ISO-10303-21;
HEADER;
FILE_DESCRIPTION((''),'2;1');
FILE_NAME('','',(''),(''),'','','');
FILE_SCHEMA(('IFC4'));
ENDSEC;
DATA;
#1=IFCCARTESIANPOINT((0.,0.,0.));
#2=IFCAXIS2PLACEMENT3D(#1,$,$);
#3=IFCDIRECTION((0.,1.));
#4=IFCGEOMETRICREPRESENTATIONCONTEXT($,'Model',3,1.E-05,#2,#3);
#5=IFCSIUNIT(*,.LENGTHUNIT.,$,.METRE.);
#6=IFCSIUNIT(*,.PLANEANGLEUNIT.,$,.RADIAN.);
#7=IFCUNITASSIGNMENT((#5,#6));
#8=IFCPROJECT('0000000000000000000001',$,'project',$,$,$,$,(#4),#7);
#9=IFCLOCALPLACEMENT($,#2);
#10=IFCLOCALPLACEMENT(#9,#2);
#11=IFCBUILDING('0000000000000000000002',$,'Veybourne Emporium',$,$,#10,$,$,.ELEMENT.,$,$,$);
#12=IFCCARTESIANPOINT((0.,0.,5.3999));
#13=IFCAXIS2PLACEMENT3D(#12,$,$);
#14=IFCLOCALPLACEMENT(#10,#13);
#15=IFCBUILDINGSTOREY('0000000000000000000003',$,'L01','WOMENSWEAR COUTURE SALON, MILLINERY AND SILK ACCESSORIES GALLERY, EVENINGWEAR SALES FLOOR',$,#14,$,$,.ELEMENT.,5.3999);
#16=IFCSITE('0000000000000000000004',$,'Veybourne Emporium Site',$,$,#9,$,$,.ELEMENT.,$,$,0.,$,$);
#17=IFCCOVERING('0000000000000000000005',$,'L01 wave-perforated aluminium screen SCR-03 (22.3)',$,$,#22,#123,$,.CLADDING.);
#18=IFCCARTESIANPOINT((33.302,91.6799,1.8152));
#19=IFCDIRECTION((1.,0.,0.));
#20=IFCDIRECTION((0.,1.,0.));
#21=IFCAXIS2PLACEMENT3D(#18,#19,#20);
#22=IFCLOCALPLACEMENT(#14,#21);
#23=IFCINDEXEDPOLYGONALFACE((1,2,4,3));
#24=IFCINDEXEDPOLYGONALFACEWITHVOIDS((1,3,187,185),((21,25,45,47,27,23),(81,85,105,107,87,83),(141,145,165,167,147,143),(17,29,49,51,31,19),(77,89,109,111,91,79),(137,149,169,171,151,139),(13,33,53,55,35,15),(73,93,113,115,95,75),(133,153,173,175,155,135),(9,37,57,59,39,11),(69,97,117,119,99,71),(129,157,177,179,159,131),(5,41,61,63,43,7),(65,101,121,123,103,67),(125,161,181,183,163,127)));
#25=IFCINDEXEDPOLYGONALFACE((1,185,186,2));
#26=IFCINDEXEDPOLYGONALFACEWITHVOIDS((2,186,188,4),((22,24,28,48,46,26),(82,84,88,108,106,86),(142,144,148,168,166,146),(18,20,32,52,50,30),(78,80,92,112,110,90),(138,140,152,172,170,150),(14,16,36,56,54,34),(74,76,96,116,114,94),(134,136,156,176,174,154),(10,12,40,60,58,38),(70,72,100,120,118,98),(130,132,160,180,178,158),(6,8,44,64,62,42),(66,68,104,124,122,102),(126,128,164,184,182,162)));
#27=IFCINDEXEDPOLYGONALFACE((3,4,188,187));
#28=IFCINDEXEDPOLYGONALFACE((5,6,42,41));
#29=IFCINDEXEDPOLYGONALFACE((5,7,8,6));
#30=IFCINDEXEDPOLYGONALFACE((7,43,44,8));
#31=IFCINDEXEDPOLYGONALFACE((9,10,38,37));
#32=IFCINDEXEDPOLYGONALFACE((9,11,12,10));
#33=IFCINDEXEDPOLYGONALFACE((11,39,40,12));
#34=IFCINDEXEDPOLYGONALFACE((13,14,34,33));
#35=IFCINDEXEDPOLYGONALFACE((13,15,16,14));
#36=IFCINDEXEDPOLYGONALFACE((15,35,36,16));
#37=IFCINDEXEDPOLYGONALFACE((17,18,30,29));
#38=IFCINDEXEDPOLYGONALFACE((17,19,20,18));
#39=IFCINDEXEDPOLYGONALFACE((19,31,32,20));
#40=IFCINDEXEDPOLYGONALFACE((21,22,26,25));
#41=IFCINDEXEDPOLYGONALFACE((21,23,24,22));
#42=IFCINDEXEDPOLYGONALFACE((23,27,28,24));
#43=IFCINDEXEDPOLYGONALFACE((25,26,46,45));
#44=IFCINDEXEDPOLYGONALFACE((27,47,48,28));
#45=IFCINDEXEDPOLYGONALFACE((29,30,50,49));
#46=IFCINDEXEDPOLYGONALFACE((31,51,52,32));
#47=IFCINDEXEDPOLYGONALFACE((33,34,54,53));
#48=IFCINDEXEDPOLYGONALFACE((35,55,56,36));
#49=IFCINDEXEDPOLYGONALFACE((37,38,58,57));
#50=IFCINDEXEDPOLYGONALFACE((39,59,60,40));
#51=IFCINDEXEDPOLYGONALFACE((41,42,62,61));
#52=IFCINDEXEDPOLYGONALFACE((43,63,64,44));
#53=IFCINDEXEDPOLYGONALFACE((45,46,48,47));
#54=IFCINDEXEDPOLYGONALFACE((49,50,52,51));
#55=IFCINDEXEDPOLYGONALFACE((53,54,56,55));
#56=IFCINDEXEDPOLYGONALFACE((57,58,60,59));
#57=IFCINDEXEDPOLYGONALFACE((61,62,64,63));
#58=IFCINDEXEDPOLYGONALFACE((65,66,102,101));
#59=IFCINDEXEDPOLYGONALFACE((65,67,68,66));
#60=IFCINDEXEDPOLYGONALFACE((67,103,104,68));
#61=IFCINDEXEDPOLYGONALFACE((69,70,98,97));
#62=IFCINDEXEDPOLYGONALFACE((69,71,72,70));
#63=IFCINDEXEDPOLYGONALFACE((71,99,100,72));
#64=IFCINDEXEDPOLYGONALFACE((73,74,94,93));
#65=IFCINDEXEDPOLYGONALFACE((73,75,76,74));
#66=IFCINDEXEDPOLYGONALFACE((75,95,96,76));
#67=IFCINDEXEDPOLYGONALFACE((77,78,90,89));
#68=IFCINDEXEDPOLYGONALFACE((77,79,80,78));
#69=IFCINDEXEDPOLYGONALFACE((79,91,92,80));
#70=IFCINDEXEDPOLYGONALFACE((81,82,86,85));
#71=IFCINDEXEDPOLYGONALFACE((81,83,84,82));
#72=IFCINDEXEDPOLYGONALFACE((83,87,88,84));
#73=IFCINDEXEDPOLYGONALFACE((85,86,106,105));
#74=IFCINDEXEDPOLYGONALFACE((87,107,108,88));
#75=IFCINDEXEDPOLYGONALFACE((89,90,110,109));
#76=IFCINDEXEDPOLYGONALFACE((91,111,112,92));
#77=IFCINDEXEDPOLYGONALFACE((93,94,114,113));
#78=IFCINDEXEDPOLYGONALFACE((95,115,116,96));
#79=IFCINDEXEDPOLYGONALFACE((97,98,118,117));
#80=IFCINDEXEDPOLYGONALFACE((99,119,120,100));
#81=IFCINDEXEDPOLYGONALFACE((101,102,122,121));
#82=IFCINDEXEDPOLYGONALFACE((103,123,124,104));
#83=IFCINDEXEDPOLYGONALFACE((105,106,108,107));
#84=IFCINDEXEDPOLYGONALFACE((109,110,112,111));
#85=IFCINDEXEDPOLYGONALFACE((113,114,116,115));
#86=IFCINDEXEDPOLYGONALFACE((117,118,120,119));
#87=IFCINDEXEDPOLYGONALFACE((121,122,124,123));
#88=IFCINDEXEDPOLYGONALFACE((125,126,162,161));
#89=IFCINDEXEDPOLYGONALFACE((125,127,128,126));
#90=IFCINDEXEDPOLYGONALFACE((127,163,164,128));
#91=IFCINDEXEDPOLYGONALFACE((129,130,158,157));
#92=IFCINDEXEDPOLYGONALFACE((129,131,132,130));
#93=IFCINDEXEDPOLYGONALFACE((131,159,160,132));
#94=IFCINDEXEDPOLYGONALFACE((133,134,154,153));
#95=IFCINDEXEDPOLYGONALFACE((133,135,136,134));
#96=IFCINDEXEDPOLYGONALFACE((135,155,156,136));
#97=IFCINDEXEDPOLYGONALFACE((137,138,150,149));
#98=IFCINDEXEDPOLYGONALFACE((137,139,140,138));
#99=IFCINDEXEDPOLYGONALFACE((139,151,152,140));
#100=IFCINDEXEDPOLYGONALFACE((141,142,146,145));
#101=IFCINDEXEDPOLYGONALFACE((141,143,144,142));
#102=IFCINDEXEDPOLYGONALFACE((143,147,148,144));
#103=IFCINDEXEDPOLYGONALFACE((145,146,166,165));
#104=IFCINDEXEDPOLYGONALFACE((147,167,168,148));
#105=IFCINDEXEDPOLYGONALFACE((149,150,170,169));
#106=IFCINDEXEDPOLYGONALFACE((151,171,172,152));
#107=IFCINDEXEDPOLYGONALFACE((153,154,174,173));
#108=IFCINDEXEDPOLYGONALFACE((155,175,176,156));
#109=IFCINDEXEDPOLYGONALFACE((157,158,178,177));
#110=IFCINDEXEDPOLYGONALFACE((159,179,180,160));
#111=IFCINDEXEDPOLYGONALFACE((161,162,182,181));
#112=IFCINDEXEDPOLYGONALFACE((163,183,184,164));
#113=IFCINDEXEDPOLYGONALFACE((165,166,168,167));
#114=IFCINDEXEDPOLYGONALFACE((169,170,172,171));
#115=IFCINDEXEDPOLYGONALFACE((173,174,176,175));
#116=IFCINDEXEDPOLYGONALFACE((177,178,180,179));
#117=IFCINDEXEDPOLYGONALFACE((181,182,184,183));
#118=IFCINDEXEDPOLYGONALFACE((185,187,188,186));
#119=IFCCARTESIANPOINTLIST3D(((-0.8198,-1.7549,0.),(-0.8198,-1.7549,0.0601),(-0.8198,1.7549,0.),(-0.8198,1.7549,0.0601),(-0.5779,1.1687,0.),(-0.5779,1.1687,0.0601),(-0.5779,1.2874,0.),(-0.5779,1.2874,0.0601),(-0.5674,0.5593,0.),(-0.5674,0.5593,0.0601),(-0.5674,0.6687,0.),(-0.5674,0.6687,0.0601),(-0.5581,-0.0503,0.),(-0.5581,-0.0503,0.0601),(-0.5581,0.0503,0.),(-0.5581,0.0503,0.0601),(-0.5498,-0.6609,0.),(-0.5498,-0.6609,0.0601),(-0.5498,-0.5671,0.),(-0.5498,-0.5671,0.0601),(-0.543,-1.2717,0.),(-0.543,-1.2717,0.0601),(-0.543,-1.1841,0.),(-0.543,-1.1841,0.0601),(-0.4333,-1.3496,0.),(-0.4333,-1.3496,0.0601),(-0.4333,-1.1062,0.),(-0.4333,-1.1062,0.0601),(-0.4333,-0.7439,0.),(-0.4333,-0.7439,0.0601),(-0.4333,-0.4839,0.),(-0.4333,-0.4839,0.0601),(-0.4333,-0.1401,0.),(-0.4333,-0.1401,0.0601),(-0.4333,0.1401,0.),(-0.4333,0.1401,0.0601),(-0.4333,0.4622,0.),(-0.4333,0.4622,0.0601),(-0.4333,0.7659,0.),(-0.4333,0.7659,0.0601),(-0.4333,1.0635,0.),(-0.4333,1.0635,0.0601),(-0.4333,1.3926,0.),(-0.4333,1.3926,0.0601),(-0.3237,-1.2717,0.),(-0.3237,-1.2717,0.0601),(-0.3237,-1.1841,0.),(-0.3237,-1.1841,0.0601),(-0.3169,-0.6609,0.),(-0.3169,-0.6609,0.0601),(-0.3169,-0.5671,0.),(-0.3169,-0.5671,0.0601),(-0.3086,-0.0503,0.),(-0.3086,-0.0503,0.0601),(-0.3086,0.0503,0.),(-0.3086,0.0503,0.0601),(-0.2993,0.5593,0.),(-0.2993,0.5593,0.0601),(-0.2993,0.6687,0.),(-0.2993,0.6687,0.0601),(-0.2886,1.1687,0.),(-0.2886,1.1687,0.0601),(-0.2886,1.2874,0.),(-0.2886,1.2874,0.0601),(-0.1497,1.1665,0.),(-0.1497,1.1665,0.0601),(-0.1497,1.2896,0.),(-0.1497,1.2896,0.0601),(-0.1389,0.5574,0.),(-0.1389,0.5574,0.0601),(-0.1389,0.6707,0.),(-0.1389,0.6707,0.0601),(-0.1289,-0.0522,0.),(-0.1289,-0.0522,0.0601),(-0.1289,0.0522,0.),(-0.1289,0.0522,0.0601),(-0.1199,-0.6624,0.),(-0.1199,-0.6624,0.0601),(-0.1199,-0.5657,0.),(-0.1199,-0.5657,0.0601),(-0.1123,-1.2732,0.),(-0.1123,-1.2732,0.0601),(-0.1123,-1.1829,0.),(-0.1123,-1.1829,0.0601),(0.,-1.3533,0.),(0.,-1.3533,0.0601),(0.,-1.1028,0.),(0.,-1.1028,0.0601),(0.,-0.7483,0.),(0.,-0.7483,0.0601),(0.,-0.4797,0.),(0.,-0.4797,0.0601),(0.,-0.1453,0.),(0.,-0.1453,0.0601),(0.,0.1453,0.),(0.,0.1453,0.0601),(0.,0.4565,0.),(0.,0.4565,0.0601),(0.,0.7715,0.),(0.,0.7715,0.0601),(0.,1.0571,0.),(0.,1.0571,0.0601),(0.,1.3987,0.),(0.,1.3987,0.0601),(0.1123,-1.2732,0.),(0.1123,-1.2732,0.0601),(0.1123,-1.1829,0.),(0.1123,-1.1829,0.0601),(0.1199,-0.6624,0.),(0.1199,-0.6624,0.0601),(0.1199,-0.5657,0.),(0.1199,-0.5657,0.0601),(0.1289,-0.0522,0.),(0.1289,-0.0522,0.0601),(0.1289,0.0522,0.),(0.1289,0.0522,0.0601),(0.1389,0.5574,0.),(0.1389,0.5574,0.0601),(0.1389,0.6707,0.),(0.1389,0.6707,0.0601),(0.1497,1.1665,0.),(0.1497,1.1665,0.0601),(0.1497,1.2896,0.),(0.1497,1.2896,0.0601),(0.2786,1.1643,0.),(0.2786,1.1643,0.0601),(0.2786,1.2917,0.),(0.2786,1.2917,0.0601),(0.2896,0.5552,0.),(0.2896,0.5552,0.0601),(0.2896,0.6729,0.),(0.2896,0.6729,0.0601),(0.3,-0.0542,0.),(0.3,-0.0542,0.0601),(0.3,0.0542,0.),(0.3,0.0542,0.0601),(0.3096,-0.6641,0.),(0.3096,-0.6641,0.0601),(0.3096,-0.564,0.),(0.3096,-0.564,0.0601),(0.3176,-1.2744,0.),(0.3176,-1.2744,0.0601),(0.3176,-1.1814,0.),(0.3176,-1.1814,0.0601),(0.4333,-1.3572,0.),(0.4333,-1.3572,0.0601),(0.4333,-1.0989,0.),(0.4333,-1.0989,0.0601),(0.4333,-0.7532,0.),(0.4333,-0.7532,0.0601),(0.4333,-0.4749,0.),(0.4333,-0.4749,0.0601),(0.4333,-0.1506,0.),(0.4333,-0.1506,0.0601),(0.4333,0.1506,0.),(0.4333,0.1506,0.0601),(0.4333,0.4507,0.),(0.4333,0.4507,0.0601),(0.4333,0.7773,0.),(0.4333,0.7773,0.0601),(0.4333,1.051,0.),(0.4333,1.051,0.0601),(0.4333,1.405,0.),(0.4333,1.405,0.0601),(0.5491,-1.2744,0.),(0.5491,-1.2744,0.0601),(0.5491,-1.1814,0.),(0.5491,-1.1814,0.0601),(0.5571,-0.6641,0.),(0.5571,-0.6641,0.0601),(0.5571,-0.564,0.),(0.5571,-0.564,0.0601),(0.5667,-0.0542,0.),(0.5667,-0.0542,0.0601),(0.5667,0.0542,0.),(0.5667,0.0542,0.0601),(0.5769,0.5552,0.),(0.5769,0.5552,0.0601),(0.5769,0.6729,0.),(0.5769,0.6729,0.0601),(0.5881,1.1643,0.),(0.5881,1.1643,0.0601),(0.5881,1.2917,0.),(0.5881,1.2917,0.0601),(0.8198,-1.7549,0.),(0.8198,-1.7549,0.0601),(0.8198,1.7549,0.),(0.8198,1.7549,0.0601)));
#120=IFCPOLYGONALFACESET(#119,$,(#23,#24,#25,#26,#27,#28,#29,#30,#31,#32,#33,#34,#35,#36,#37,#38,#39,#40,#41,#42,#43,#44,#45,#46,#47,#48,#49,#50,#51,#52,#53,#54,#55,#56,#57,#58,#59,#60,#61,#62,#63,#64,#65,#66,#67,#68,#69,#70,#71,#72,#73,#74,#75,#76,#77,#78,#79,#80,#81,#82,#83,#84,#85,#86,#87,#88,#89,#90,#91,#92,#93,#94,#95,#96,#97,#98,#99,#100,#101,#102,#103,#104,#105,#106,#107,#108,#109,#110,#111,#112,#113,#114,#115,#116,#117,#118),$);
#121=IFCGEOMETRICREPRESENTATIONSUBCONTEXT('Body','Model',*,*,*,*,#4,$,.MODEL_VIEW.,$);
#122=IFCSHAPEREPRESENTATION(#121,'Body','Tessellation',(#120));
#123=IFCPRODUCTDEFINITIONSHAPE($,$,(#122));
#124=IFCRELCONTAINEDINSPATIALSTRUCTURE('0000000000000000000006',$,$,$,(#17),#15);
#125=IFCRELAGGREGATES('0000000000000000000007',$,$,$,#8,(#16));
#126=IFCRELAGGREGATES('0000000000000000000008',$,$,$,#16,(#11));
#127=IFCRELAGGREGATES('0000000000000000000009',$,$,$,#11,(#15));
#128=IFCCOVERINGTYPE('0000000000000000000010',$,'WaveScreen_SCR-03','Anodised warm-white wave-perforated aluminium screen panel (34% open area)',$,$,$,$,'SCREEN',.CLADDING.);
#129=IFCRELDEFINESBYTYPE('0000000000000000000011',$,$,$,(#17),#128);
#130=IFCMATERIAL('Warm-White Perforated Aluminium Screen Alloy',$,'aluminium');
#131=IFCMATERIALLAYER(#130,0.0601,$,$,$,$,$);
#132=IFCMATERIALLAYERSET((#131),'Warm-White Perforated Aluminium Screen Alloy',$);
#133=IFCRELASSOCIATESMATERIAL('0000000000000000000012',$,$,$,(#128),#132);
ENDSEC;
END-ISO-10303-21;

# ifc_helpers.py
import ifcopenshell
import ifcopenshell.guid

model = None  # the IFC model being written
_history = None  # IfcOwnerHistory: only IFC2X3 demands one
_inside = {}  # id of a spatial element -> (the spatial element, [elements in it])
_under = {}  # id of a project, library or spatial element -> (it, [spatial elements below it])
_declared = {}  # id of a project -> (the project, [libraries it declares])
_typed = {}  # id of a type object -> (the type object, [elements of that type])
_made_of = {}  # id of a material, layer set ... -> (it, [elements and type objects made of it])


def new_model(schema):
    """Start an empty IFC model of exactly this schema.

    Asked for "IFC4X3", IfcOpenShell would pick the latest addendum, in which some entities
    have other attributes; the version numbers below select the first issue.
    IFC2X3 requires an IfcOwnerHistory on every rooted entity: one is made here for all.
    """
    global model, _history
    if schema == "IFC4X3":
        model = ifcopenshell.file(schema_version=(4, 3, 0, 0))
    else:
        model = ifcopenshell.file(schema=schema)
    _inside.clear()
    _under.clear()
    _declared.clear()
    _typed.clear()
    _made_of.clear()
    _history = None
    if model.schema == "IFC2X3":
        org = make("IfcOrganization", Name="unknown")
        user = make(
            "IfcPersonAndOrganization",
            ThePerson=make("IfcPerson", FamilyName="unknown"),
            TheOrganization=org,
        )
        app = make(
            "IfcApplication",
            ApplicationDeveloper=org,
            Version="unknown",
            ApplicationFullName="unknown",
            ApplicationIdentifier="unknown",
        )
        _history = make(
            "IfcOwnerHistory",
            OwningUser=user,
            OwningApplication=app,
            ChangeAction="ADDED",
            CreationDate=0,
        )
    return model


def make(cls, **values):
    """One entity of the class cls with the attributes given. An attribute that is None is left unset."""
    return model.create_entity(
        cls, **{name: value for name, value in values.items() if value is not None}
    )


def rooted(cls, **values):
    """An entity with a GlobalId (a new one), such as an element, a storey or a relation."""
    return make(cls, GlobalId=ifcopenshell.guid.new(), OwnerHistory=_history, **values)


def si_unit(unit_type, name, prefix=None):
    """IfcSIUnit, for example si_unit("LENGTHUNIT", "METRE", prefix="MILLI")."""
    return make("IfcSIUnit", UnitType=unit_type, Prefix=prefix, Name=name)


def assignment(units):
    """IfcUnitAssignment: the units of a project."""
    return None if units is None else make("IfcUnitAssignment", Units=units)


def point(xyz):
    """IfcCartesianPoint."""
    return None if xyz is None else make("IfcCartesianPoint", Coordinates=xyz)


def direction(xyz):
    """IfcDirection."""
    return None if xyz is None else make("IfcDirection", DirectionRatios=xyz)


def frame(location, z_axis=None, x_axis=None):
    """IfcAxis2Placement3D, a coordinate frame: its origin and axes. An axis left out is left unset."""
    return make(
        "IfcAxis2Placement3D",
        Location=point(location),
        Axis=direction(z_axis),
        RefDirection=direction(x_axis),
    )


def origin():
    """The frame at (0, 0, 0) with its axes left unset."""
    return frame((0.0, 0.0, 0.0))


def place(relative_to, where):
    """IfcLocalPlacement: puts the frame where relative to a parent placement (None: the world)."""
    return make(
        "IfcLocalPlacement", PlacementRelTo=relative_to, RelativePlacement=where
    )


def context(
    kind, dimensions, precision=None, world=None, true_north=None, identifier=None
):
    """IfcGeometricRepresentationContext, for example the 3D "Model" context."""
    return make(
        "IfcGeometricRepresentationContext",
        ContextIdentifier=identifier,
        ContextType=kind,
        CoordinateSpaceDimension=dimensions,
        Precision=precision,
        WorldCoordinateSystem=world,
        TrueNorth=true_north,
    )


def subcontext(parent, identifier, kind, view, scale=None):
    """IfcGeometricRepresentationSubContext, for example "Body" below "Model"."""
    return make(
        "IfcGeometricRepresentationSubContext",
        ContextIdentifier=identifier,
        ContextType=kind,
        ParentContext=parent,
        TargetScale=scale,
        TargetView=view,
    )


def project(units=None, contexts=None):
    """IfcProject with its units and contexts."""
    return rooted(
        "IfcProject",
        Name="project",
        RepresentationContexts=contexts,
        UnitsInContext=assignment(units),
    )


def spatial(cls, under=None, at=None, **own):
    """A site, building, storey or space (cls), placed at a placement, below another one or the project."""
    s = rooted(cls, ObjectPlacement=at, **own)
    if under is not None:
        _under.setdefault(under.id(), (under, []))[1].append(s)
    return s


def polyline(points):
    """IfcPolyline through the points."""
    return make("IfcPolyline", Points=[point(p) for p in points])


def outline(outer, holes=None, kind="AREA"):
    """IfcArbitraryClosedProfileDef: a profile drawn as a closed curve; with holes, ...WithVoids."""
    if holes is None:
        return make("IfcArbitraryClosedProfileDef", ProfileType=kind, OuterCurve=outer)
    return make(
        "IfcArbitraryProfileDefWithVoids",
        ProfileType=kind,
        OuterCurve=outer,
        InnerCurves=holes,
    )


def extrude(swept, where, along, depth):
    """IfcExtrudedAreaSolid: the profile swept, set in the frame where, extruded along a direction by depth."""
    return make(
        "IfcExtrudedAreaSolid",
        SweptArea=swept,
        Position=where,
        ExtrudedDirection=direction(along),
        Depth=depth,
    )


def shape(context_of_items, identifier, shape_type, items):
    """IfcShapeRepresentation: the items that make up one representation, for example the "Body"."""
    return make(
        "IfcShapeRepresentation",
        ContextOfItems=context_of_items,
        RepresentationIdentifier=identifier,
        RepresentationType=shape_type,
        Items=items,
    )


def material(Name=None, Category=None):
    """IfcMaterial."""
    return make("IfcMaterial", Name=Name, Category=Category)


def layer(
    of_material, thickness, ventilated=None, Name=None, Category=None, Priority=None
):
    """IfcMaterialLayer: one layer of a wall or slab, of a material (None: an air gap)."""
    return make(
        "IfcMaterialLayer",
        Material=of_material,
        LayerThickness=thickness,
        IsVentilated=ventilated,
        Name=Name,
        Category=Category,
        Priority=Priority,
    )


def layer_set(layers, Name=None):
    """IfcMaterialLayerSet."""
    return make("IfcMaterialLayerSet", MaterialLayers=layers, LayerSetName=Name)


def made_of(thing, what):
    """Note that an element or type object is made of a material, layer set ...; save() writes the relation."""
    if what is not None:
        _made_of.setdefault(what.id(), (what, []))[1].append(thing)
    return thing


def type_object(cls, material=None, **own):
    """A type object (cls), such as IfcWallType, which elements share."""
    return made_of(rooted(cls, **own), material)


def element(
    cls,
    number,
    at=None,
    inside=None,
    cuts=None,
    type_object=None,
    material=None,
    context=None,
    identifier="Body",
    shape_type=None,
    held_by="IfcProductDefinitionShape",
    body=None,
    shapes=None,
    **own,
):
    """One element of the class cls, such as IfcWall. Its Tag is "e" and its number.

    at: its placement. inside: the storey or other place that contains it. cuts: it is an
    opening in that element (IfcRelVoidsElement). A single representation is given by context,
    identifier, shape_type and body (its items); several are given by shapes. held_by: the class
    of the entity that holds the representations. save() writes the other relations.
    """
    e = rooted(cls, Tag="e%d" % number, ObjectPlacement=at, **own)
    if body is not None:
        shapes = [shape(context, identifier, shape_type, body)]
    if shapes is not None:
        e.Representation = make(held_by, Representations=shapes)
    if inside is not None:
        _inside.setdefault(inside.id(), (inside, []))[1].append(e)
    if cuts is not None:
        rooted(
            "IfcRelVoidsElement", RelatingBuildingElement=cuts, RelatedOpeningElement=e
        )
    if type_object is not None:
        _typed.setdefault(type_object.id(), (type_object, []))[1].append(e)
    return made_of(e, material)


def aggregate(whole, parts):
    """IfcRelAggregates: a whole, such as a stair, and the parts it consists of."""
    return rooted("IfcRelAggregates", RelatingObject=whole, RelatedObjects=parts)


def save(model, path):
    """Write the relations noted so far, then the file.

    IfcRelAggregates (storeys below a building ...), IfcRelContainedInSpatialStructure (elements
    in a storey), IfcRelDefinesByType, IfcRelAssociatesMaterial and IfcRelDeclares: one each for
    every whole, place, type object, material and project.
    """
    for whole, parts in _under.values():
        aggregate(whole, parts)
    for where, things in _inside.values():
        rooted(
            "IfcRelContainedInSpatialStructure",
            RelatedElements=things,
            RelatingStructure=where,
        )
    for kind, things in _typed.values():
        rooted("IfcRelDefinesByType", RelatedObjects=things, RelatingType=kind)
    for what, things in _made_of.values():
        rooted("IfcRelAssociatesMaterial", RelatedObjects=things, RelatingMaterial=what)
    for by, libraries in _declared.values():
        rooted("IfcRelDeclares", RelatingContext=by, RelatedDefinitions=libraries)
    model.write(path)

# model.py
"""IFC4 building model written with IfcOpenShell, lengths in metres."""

from ifc_helpers import new_model, si_unit, direction, frame, origin, place, context, subcontext, project, spatial, polyline, outline, extrude, material, layer, layer_set, type_object, element, save


model = new_model("IFC4")

# Units and contexts
model_context = context("Model", 3, precision=1e-05, world=origin(), true_north=direction((0.0, 1.0)))
body_context = subcontext(model_context, "Body", "Model", "MODEL_VIEW")
ifc_project = project(units=[si_unit("LENGTHUNIT", "METRE"), si_unit("PLANEANGLEUNIT", "RADIAN")], contexts=[model_context])

# Site, building, storey
site_placement = place(None, origin())
site = spatial("IfcSite", under=ifc_project, at=site_placement, Name="Veybourne Emporium Site", CompositionType="ELEMENT", RefElevation=0.0)
building_placement = place(site_placement, origin())
building = spatial("IfcBuilding", under=site, at=building_placement, Name="Veybourne Emporium", CompositionType="ELEMENT")
storey_placement = place(building_placement, frame((0.0, 0.0, 5.3999)))
storey = spatial("IfcBuildingStorey", under=building, at=storey_placement, Name="L01", Description="WOMENSWEAR COUTURE SALON, MILLINERY AND SILK ACCESSORIES GALLERY, EVENINGWEAR SALES FLOOR", CompositionType="ELEMENT", Elevation=5.3999)

# Covering
ifc_material_1 = material(Name="Warm-White Perforated Aluminium Screen Alloy", Category="aluminium")
ifc_layer_1 = layer(ifc_material_1, 0.0601)
ifc_layer_set_1 = layer_set([ifc_layer_1], Name="Warm-White Perforated Aluminium Screen Alloy")
covering_type_1 = type_object("IfcCoveringType", Name="WaveScreen_SCR-03", Description="Anodised warm-white wave-perforated aluminium screen panel (34% open area)", ElementType="SCREEN", PredefinedType="CLADDING", material=ifc_layer_set_1)
covering_1_placement = place(storey_placement, frame((33.302, 91.6799, 1.8152), z_axis=(1.0, 0.0, 0.0), x_axis=(0.0, 1.0, 0.0)))
element("IfcCovering", 1, at=covering_1_placement, inside=storey, type_object=covering_type_1, Name="L01 wave-perforated aluminium screen SCR-03 (22.3)", PredefinedType="CLADDING", context=body_context, shape_type="SweptSolid", body=[
    extrude(outline(polyline([(-0.8198, -1.7549), (0.8198, -1.7549), (0.8198, 1.7549), (-0.8198, 1.7549), (-0.8198, -1.7549)]), holes=[polyline([(-0.4333, -1.1062), (-0.3237, -1.1841), (-0.3237, -1.2717), (-0.4333, -1.3496), (-0.543, -1.2717), (-0.543, -1.1841), (-0.4333, -1.1062)]), polyline([(-0.4333, -0.4839), (-0.3169, -0.5671), (-0.3169, -0.6609), (-0.4333, -0.7439), (-0.5498, -0.6609), (-0.5498, -0.5671), (-0.4333, -0.4839)]), polyline([(-0.4333, 0.1401), (-0.3086, 0.0503), (-0.3086, -0.0503), (-0.4333, -0.1401), (-0.5581, -0.0503), (-0.5581, 0.0503), (-0.4333, 0.1401)]), polyline([(-0.4333, 0.7659), (-0.2993, 0.6687), (-0.2993, 0.5593), (-0.4333, 0.4622), (-0.5674, 0.5593), (-0.5674, 0.6687), (-0.4333, 0.7659)]), polyline([(-0.4333, 1.3926), (-0.2886, 1.2874), (-0.2886, 1.1687), (-0.4333, 1.0635), (-0.5779, 1.1687), (-0.5779, 1.2874), (-0.4333, 1.3926)]), polyline([(0.0, -1.1028), (0.1123, -1.1829), (0.1123, -1.2732), (0.0, -1.3533), (-0.1123, -1.2732), (-0.1123, -1.1829), (0.0, -1.1028)]), polyline([(0.0, -0.4797), (0.1199, -0.5657), (0.1199, -0.6624), (0.0, -0.7483), (-0.1199, -0.6624), (-0.1199, -0.5657), (0.0, -0.4797)]), polyline([(0.0, 0.1453), (0.1289, 0.0522), (0.1289, -0.0522), (0.0, -0.1453), (-0.1289, -0.0522), (-0.1289, 0.0522), (0.0, 0.1453)]), polyline([(0.0, 0.7715), (0.1389, 0.6707), (0.1389, 0.5574), (0.0, 0.4565), (-0.1389, 0.5574), (-0.1389, 0.6707), (0.0, 0.7715)]), polyline([(0.0, 1.3987), (0.1497, 1.2896), (0.1497, 1.1665), (0.0, 1.0571), (-0.1497, 1.1665), (-0.1497, 1.2896), (0.0, 1.3987)]), polyline([(0.4333, -1.0989), (0.5491, -1.1814), (0.5491, -1.2744), (0.4333, -1.3572), (0.3176, -1.2744), (0.3176, -1.1814), (0.4333, -1.0989)]), polyline([(0.4333, -0.4749), (0.5571, -0.564), (0.5571, -0.6641), (0.4333, -0.7532), (0.3096, -0.6641), (0.3096, -0.564), (0.4333, -0.4749)]), polyline([(0.4333, 0.1506), (0.5667, 0.0542), (0.5667, -0.0542), (0.4333, -0.1506), (0.3, -0.0542), (0.3, 0.0542), (0.4333, 0.1506)]), polyline([(0.4333, 0.7773), (0.5769, 0.6729), (0.5769, 0.5552), (0.4333, 0.4507), (0.2896, 0.5552), (0.2896, 0.6729), (0.4333, 0.7773)]), polyline([(0.4333, 1.405), (0.5881, 1.2917), (0.5881, 1.1643), (0.4333, 1.051), (0.2786, 1.1643), (0.2786, 1.2917), (0.4333, 1.405)])]), origin(), (0.0, 0.0, 1.0), 0.0601),
])

save(model, "model.ifc")
